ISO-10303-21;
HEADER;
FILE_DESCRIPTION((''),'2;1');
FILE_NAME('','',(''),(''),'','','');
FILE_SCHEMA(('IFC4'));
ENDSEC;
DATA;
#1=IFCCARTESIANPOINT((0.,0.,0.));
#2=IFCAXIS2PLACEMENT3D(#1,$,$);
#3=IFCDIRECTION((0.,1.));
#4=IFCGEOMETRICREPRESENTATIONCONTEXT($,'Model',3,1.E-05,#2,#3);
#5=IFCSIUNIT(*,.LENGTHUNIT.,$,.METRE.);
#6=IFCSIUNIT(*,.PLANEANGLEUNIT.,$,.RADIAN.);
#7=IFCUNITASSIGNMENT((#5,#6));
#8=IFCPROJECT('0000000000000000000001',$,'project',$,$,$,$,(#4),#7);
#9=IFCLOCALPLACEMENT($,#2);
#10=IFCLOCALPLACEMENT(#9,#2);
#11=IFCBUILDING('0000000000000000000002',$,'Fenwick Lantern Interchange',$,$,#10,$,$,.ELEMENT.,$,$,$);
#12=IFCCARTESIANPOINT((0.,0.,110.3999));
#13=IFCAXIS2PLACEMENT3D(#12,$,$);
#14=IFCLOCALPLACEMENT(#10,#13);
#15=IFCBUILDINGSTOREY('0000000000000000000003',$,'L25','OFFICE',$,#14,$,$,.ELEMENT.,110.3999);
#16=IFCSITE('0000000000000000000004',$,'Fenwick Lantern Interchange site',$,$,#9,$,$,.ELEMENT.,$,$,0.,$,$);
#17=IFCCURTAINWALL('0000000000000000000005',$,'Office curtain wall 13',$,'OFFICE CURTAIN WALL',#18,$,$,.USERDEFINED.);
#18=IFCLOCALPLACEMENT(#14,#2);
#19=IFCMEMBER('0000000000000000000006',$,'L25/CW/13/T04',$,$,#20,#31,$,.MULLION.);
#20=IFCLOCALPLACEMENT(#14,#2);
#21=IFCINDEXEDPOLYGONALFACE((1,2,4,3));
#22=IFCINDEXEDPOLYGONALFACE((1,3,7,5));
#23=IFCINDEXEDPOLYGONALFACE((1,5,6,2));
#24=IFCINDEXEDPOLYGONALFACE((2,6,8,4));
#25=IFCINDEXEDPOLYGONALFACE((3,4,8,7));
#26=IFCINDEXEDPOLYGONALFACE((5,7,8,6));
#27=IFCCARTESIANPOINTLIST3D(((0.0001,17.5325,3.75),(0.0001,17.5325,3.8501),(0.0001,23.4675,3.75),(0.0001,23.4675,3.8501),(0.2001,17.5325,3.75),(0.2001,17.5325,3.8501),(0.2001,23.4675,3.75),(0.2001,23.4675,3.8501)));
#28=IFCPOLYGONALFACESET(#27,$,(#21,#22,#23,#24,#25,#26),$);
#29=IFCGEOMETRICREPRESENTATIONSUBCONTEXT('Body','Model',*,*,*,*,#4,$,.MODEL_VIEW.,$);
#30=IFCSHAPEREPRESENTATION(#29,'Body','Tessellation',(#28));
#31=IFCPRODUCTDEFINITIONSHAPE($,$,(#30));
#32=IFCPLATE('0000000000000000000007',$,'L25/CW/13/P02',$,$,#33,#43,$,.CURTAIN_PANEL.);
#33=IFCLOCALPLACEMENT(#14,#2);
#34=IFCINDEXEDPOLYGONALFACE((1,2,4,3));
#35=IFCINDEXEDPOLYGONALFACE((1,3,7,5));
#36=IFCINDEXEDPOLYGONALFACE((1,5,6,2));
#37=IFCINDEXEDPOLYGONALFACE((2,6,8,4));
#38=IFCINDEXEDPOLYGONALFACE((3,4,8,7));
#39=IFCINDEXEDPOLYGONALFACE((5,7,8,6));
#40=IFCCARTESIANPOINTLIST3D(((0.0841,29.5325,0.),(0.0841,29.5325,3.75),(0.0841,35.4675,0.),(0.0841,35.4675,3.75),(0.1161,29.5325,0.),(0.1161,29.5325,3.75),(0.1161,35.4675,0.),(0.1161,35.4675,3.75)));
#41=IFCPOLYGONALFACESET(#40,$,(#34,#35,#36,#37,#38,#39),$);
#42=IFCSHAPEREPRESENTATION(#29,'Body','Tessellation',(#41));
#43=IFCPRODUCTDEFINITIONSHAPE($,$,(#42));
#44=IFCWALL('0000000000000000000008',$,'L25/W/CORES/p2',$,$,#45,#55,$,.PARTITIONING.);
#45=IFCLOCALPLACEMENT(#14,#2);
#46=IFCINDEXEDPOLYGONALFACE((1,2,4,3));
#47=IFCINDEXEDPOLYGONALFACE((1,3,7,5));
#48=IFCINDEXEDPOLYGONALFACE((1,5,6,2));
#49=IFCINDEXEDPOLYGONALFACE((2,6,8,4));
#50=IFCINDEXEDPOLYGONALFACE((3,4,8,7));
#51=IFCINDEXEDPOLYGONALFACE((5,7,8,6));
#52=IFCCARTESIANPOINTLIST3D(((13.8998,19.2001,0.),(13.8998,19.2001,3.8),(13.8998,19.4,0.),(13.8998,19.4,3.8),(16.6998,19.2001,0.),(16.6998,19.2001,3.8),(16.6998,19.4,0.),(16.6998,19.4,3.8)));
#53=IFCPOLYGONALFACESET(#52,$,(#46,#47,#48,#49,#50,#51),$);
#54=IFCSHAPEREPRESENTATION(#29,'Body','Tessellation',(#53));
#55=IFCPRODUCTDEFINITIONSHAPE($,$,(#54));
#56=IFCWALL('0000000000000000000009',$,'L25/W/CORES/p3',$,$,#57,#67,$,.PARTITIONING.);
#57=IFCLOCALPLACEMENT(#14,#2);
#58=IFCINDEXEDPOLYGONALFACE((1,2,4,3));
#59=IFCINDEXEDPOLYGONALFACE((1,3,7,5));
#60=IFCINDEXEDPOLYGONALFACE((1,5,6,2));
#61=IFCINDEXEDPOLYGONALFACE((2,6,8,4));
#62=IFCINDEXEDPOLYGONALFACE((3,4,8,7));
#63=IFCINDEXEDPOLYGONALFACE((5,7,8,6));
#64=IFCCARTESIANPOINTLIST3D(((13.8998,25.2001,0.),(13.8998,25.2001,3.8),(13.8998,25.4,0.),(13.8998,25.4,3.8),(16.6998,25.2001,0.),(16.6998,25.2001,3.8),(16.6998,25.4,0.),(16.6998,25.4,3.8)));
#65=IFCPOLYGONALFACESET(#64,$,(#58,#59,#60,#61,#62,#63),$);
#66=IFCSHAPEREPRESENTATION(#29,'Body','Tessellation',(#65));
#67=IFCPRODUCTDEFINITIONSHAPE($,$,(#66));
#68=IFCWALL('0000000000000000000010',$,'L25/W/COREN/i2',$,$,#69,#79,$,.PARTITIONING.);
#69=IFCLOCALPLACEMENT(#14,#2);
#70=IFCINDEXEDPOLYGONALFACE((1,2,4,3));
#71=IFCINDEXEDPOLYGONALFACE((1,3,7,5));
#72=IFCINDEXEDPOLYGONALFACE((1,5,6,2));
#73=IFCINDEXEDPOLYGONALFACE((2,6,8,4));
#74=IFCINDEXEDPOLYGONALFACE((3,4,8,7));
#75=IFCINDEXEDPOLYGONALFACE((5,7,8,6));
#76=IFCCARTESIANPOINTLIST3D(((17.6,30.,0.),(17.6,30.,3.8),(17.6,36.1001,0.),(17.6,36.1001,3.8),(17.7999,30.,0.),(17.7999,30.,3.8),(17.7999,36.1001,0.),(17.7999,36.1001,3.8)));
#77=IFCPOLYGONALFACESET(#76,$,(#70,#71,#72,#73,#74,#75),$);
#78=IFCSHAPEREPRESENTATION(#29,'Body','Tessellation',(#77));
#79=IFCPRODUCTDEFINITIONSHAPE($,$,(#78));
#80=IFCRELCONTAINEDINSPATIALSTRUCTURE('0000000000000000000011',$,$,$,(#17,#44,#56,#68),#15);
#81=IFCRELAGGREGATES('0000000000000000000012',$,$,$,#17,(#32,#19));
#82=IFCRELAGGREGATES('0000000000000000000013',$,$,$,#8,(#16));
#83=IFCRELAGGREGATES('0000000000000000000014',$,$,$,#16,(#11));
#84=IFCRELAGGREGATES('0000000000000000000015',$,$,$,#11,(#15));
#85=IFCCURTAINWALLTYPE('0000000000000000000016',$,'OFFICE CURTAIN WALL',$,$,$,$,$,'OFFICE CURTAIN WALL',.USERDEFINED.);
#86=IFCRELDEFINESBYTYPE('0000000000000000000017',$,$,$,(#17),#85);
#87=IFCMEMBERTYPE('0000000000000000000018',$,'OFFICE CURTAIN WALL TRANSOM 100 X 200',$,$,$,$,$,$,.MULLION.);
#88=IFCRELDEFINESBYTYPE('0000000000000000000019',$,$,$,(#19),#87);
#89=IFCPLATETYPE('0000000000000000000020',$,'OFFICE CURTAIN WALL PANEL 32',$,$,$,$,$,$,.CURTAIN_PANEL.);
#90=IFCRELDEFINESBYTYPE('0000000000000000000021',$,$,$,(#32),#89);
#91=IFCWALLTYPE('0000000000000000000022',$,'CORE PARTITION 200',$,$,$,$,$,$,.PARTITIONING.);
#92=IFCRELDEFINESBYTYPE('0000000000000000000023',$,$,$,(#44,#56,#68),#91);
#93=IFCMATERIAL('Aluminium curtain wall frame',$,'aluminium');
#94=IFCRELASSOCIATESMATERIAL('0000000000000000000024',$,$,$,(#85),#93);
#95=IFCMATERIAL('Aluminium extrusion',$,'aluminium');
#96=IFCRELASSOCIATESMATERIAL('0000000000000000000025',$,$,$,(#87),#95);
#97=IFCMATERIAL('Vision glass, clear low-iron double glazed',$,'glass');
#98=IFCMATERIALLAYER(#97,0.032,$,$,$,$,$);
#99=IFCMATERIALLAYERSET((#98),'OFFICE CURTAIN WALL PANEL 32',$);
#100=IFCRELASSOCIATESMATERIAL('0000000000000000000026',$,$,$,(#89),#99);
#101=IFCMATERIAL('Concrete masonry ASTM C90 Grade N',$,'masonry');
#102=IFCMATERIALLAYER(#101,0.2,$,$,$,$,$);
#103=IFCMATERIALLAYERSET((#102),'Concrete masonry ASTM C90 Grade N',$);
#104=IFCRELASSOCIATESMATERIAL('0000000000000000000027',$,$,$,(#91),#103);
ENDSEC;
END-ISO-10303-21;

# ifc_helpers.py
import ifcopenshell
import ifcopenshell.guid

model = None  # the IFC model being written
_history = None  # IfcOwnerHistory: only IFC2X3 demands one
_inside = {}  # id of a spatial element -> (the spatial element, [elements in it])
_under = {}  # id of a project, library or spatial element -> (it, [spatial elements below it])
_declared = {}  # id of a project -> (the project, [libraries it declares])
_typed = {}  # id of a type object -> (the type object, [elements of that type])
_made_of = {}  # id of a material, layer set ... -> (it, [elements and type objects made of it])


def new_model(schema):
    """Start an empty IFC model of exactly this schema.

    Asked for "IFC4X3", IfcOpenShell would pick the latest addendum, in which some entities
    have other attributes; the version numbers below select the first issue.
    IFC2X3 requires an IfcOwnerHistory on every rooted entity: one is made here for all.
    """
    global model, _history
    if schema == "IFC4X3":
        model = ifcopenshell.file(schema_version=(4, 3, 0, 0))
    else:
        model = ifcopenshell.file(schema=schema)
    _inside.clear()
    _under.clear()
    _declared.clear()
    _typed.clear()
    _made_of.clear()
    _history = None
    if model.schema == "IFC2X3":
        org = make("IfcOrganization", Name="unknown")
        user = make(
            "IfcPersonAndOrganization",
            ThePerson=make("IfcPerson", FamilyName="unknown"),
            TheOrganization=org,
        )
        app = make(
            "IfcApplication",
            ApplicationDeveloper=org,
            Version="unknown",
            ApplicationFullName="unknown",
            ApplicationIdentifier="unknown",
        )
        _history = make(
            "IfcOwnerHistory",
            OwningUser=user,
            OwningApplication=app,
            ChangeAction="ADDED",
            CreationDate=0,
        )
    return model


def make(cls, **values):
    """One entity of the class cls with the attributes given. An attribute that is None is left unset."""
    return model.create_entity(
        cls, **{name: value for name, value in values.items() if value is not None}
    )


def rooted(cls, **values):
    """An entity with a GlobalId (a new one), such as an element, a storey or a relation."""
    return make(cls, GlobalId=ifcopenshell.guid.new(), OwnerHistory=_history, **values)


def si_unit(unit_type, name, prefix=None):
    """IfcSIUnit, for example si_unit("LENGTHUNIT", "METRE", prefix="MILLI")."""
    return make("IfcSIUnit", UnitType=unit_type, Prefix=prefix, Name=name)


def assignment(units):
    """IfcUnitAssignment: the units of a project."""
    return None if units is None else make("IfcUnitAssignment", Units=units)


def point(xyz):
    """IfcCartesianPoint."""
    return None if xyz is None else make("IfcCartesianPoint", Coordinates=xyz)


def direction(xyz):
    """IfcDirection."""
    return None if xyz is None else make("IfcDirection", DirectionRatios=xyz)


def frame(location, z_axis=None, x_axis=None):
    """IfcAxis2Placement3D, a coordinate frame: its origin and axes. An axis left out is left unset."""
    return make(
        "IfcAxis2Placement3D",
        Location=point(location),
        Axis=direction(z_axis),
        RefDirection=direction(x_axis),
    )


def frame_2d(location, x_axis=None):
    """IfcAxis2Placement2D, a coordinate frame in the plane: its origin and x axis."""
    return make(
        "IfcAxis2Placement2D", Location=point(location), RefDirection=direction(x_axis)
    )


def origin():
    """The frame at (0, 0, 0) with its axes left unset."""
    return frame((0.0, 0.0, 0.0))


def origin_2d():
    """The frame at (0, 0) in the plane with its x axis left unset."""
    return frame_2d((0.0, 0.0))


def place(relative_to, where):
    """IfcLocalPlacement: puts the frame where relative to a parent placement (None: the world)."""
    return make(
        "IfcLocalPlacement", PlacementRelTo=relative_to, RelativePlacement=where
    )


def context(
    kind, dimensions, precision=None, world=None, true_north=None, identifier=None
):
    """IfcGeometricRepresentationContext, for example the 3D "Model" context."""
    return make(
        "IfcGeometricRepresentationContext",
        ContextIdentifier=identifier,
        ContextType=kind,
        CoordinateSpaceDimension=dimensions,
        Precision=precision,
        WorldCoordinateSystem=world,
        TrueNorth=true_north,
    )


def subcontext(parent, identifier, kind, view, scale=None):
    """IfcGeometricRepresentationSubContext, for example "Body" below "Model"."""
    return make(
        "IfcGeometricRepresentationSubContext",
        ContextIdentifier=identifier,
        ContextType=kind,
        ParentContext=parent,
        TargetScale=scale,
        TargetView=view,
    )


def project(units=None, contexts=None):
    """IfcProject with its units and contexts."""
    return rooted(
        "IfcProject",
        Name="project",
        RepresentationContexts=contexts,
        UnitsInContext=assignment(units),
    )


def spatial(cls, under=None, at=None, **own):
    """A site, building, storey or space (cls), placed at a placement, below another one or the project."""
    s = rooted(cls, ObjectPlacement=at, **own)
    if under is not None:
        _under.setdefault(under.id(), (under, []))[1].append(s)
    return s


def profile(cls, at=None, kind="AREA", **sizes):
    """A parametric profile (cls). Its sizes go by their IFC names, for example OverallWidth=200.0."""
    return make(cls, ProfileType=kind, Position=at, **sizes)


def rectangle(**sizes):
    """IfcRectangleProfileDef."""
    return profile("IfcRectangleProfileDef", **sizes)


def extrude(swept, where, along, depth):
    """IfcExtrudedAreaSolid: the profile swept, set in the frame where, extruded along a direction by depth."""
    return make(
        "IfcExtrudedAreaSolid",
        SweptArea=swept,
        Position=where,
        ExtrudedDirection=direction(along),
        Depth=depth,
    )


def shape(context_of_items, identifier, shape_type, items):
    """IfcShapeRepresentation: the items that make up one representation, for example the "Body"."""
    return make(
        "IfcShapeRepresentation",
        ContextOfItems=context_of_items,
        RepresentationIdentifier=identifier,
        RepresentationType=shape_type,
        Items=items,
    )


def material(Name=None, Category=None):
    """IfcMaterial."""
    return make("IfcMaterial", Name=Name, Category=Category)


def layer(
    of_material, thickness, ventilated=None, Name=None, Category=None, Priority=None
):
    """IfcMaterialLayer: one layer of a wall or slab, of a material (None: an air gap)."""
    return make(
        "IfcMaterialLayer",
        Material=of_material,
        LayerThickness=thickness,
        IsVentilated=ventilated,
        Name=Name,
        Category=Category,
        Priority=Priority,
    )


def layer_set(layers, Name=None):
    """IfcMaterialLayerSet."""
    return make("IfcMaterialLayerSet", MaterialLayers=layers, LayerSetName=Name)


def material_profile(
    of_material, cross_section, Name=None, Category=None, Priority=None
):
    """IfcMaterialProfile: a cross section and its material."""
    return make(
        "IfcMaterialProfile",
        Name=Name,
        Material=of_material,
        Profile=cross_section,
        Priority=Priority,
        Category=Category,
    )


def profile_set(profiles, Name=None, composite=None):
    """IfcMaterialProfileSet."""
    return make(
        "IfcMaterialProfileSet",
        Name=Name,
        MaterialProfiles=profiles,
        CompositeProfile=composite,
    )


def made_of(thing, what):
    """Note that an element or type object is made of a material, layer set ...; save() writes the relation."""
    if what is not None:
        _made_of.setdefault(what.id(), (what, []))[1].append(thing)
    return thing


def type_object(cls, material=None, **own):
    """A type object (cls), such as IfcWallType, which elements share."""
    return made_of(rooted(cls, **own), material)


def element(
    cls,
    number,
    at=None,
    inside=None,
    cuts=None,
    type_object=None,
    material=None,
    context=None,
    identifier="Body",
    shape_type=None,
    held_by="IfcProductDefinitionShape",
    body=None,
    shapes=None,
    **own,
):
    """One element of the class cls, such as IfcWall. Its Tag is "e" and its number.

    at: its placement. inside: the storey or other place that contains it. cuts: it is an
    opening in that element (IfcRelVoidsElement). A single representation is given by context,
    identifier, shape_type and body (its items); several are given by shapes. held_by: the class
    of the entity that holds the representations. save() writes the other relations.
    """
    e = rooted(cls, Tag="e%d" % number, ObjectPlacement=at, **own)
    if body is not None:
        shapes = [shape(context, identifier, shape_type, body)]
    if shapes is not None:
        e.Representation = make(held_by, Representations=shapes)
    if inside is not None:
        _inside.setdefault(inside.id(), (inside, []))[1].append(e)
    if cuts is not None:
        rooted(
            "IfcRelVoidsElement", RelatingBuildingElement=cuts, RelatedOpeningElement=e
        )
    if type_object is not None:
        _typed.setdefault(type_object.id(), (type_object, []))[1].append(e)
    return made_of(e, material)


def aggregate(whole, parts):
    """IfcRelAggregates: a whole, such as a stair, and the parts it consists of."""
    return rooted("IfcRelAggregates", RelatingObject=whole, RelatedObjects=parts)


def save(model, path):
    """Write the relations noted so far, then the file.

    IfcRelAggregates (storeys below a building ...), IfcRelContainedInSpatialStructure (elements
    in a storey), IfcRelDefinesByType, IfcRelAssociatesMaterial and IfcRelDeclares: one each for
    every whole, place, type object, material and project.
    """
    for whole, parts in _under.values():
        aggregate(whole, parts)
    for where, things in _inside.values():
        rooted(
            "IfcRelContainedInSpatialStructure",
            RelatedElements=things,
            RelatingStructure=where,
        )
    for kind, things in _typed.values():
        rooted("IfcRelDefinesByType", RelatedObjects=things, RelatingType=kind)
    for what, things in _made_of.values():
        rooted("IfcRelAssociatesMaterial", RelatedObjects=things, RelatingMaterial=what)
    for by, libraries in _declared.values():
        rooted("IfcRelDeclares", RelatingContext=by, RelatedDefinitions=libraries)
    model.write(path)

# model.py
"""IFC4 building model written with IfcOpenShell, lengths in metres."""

from ifc_helpers import new_model, si_unit, direction, frame, frame_2d, origin, origin_2d, place, context, subcontext, project, spatial, rectangle, extrude, material, layer, layer_set, material_profile, profile_set, type_object, element, aggregate, save


model = new_model("IFC4")

# Units and contexts
model_context = context("Model", 3, precision=1e-05, world=origin(), true_north=direction((0.0, 1.0)))
body_context = subcontext(model_context, "Body", "Model", "MODEL_VIEW")
ifc_project = project(units=[si_unit("LENGTHUNIT", "METRE"), si_unit("PLANEANGLEUNIT", "RADIAN")], contexts=[model_context])

# Site, building, storey
site_placement = place(None, origin())
site = spatial("IfcSite", under=ifc_project, at=site_placement, Name="Fenwick Lantern Interchange site", CompositionType="ELEMENT", RefElevation=0.0)
building_placement = place(site_placement, origin())
building = spatial("IfcBuilding", under=site, at=building_placement, Name="Fenwick Lantern Interchange", CompositionType="ELEMENT")
storey_placement = place(building_placement, frame((0.0, 0.0, 110.3999)))
storey = spatial("IfcBuildingStorey", under=building, at=storey_placement, Name="L25", Description="OFFICE", CompositionType="ELEMENT", Elevation=110.3999)

# Curtain wall, member, plate
ifc_material_1 = material(Name="Aluminium curtain wall frame", Category="aluminium")
curtain_wall_type = type_object("IfcCurtainWallType", Name="OFFICE CURTAIN WALL", ElementType="OFFICE CURTAIN WALL", PredefinedType="USERDEFINED", material=ifc_material_1)
curtain_wall_placement = place(storey_placement, origin())
curtain_wall = element("IfcCurtainWall", 1, at=curtain_wall_placement, inside=storey, type_object=curtain_wall_type, Name="Office curtain wall 13", ObjectType="OFFICE CURTAIN WALL", PredefinedType="USERDEFINED")
ifc_material_2 = material(Name="Aluminium extrusion", Category="aluminium")
ifc_material_profile_1 = material_profile(ifc_material_2, rectangle(XDim=0.2, YDim=0.1001, at=origin_2d()), Name="OFFICE CURTAIN WALL TRANSOM 100 X 200")
ifc_profile_set_1 = profile_set([ifc_material_profile_1], Name="Aluminium extrusion")
member_type_1 = type_object("IfcMemberType", Name="OFFICE CURTAIN WALL TRANSOM 100 X 200", PredefinedType="MULLION", material=ifc_profile_set_1)
member_1_placement = place(storey_placement, frame((0.1001, 23.4675, 3.8), z_axis=(0.0, -1.0, 0.0), x_axis=(1.0, 0.0, 0.0)))
member_1 = element("IfcMember", 2, at=member_1_placement, type_object=member_type_1, Name="L25/CW/13/T04", PredefinedType="MULLION", context=body_context, shape_type="SweptSolid", body=[
    extrude(rectangle(XDim=0.2, YDim=0.1001, at=origin_2d()), origin(), (0.0, 0.0, 1.0), 5.9351),
])
ifc_material_3 = material(Name="Vision glass, clear low-iron double glazed", Category="glass")
ifc_layer_1 = layer(ifc_material_3, 0.032)
ifc_layer_set_1 = layer_set([ifc_layer_1], Name="OFFICE CURTAIN WALL PANEL 32")
plate_type = type_object("IfcPlateType", Name="OFFICE CURTAIN WALL PANEL 32", PredefinedType="CURTAIN_PANEL", material=ifc_layer_set_1)
plate_placement = place(storey_placement, frame((0.1001, 32.5, 0.0), z_axis=(0.0, 0.0, 1.0), x_axis=(0.0, -1.0, 0.0)))
plate = element("IfcPlate", 3, at=plate_placement, type_object=plate_type, Name="L25/CW/13/P02", PredefinedType="CURTAIN_PANEL", context=body_context, shape_type="SweptSolid", body=[
    extrude(rectangle(XDim=5.9351, YDim=0.032, at=origin_2d()), origin(), (0.0, 0.0, 1.0), 3.75),
])
aggregate(curtain_wall, [plate, member_1])

# Walls
ifc_material_4 = material(Name="Concrete masonry ASTM C90 Grade N", Category="masonry")
ifc_layer_2 = layer(ifc_material_4, 0.2)
ifc_layer_set_2 = layer_set([ifc_layer_2], Name="Concrete masonry ASTM C90 Grade N")
wall_type_1 = type_object("IfcWallType", Name="CORE PARTITION 200", PredefinedType="PARTITIONING", material=ifc_layer_set_2)
for number, where, z_axis, x_axis, name in (
    (4, (13.8999, 19.3, 0.0), (0.0, 0.0, 1.0), (1.0, 0.0, 0.0), "L25/W/CORES/p2"),
    (5, (13.8999, 25.3, 0.0), (0.0, 0.0, 1.0), (1.0, 0.0, 0.0), "L25/W/CORES/p3"),
):
    element("IfcWall", number, at=place(storey_placement, frame(where, z_axis=z_axis, x_axis=x_axis)), inside=storey, type_object=wall_type_1, Name=name, PredefinedType="PARTITIONING", context=body_context, shape_type="SweptSolid", body=[
        extrude(rectangle(XDim=2.8, YDim=0.2, at=frame_2d((1.3999, 0.0))), origin(), (0.0, 0.0, 1.0), 3.8),
    ])
wall_1_placement = place(storey_placement, frame((17.7, 36.1001, 0.0), z_axis=(0.0, 0.0, 1.0), x_axis=(0.0, -1.0, 0.0)))
element("IfcWall", 6, at=wall_1_placement, inside=storey, type_object=wall_type_1, Name="L25/W/COREN/i2", PredefinedType="PARTITIONING", context=body_context, shape_type="SweptSolid", body=[
    extrude(rectangle(XDim=6.1001, YDim=0.2, at=frame_2d((3.05, 0.0))), origin(), (0.0, 0.0, 1.0), 3.8),
])

save(model, "model.ifc")
